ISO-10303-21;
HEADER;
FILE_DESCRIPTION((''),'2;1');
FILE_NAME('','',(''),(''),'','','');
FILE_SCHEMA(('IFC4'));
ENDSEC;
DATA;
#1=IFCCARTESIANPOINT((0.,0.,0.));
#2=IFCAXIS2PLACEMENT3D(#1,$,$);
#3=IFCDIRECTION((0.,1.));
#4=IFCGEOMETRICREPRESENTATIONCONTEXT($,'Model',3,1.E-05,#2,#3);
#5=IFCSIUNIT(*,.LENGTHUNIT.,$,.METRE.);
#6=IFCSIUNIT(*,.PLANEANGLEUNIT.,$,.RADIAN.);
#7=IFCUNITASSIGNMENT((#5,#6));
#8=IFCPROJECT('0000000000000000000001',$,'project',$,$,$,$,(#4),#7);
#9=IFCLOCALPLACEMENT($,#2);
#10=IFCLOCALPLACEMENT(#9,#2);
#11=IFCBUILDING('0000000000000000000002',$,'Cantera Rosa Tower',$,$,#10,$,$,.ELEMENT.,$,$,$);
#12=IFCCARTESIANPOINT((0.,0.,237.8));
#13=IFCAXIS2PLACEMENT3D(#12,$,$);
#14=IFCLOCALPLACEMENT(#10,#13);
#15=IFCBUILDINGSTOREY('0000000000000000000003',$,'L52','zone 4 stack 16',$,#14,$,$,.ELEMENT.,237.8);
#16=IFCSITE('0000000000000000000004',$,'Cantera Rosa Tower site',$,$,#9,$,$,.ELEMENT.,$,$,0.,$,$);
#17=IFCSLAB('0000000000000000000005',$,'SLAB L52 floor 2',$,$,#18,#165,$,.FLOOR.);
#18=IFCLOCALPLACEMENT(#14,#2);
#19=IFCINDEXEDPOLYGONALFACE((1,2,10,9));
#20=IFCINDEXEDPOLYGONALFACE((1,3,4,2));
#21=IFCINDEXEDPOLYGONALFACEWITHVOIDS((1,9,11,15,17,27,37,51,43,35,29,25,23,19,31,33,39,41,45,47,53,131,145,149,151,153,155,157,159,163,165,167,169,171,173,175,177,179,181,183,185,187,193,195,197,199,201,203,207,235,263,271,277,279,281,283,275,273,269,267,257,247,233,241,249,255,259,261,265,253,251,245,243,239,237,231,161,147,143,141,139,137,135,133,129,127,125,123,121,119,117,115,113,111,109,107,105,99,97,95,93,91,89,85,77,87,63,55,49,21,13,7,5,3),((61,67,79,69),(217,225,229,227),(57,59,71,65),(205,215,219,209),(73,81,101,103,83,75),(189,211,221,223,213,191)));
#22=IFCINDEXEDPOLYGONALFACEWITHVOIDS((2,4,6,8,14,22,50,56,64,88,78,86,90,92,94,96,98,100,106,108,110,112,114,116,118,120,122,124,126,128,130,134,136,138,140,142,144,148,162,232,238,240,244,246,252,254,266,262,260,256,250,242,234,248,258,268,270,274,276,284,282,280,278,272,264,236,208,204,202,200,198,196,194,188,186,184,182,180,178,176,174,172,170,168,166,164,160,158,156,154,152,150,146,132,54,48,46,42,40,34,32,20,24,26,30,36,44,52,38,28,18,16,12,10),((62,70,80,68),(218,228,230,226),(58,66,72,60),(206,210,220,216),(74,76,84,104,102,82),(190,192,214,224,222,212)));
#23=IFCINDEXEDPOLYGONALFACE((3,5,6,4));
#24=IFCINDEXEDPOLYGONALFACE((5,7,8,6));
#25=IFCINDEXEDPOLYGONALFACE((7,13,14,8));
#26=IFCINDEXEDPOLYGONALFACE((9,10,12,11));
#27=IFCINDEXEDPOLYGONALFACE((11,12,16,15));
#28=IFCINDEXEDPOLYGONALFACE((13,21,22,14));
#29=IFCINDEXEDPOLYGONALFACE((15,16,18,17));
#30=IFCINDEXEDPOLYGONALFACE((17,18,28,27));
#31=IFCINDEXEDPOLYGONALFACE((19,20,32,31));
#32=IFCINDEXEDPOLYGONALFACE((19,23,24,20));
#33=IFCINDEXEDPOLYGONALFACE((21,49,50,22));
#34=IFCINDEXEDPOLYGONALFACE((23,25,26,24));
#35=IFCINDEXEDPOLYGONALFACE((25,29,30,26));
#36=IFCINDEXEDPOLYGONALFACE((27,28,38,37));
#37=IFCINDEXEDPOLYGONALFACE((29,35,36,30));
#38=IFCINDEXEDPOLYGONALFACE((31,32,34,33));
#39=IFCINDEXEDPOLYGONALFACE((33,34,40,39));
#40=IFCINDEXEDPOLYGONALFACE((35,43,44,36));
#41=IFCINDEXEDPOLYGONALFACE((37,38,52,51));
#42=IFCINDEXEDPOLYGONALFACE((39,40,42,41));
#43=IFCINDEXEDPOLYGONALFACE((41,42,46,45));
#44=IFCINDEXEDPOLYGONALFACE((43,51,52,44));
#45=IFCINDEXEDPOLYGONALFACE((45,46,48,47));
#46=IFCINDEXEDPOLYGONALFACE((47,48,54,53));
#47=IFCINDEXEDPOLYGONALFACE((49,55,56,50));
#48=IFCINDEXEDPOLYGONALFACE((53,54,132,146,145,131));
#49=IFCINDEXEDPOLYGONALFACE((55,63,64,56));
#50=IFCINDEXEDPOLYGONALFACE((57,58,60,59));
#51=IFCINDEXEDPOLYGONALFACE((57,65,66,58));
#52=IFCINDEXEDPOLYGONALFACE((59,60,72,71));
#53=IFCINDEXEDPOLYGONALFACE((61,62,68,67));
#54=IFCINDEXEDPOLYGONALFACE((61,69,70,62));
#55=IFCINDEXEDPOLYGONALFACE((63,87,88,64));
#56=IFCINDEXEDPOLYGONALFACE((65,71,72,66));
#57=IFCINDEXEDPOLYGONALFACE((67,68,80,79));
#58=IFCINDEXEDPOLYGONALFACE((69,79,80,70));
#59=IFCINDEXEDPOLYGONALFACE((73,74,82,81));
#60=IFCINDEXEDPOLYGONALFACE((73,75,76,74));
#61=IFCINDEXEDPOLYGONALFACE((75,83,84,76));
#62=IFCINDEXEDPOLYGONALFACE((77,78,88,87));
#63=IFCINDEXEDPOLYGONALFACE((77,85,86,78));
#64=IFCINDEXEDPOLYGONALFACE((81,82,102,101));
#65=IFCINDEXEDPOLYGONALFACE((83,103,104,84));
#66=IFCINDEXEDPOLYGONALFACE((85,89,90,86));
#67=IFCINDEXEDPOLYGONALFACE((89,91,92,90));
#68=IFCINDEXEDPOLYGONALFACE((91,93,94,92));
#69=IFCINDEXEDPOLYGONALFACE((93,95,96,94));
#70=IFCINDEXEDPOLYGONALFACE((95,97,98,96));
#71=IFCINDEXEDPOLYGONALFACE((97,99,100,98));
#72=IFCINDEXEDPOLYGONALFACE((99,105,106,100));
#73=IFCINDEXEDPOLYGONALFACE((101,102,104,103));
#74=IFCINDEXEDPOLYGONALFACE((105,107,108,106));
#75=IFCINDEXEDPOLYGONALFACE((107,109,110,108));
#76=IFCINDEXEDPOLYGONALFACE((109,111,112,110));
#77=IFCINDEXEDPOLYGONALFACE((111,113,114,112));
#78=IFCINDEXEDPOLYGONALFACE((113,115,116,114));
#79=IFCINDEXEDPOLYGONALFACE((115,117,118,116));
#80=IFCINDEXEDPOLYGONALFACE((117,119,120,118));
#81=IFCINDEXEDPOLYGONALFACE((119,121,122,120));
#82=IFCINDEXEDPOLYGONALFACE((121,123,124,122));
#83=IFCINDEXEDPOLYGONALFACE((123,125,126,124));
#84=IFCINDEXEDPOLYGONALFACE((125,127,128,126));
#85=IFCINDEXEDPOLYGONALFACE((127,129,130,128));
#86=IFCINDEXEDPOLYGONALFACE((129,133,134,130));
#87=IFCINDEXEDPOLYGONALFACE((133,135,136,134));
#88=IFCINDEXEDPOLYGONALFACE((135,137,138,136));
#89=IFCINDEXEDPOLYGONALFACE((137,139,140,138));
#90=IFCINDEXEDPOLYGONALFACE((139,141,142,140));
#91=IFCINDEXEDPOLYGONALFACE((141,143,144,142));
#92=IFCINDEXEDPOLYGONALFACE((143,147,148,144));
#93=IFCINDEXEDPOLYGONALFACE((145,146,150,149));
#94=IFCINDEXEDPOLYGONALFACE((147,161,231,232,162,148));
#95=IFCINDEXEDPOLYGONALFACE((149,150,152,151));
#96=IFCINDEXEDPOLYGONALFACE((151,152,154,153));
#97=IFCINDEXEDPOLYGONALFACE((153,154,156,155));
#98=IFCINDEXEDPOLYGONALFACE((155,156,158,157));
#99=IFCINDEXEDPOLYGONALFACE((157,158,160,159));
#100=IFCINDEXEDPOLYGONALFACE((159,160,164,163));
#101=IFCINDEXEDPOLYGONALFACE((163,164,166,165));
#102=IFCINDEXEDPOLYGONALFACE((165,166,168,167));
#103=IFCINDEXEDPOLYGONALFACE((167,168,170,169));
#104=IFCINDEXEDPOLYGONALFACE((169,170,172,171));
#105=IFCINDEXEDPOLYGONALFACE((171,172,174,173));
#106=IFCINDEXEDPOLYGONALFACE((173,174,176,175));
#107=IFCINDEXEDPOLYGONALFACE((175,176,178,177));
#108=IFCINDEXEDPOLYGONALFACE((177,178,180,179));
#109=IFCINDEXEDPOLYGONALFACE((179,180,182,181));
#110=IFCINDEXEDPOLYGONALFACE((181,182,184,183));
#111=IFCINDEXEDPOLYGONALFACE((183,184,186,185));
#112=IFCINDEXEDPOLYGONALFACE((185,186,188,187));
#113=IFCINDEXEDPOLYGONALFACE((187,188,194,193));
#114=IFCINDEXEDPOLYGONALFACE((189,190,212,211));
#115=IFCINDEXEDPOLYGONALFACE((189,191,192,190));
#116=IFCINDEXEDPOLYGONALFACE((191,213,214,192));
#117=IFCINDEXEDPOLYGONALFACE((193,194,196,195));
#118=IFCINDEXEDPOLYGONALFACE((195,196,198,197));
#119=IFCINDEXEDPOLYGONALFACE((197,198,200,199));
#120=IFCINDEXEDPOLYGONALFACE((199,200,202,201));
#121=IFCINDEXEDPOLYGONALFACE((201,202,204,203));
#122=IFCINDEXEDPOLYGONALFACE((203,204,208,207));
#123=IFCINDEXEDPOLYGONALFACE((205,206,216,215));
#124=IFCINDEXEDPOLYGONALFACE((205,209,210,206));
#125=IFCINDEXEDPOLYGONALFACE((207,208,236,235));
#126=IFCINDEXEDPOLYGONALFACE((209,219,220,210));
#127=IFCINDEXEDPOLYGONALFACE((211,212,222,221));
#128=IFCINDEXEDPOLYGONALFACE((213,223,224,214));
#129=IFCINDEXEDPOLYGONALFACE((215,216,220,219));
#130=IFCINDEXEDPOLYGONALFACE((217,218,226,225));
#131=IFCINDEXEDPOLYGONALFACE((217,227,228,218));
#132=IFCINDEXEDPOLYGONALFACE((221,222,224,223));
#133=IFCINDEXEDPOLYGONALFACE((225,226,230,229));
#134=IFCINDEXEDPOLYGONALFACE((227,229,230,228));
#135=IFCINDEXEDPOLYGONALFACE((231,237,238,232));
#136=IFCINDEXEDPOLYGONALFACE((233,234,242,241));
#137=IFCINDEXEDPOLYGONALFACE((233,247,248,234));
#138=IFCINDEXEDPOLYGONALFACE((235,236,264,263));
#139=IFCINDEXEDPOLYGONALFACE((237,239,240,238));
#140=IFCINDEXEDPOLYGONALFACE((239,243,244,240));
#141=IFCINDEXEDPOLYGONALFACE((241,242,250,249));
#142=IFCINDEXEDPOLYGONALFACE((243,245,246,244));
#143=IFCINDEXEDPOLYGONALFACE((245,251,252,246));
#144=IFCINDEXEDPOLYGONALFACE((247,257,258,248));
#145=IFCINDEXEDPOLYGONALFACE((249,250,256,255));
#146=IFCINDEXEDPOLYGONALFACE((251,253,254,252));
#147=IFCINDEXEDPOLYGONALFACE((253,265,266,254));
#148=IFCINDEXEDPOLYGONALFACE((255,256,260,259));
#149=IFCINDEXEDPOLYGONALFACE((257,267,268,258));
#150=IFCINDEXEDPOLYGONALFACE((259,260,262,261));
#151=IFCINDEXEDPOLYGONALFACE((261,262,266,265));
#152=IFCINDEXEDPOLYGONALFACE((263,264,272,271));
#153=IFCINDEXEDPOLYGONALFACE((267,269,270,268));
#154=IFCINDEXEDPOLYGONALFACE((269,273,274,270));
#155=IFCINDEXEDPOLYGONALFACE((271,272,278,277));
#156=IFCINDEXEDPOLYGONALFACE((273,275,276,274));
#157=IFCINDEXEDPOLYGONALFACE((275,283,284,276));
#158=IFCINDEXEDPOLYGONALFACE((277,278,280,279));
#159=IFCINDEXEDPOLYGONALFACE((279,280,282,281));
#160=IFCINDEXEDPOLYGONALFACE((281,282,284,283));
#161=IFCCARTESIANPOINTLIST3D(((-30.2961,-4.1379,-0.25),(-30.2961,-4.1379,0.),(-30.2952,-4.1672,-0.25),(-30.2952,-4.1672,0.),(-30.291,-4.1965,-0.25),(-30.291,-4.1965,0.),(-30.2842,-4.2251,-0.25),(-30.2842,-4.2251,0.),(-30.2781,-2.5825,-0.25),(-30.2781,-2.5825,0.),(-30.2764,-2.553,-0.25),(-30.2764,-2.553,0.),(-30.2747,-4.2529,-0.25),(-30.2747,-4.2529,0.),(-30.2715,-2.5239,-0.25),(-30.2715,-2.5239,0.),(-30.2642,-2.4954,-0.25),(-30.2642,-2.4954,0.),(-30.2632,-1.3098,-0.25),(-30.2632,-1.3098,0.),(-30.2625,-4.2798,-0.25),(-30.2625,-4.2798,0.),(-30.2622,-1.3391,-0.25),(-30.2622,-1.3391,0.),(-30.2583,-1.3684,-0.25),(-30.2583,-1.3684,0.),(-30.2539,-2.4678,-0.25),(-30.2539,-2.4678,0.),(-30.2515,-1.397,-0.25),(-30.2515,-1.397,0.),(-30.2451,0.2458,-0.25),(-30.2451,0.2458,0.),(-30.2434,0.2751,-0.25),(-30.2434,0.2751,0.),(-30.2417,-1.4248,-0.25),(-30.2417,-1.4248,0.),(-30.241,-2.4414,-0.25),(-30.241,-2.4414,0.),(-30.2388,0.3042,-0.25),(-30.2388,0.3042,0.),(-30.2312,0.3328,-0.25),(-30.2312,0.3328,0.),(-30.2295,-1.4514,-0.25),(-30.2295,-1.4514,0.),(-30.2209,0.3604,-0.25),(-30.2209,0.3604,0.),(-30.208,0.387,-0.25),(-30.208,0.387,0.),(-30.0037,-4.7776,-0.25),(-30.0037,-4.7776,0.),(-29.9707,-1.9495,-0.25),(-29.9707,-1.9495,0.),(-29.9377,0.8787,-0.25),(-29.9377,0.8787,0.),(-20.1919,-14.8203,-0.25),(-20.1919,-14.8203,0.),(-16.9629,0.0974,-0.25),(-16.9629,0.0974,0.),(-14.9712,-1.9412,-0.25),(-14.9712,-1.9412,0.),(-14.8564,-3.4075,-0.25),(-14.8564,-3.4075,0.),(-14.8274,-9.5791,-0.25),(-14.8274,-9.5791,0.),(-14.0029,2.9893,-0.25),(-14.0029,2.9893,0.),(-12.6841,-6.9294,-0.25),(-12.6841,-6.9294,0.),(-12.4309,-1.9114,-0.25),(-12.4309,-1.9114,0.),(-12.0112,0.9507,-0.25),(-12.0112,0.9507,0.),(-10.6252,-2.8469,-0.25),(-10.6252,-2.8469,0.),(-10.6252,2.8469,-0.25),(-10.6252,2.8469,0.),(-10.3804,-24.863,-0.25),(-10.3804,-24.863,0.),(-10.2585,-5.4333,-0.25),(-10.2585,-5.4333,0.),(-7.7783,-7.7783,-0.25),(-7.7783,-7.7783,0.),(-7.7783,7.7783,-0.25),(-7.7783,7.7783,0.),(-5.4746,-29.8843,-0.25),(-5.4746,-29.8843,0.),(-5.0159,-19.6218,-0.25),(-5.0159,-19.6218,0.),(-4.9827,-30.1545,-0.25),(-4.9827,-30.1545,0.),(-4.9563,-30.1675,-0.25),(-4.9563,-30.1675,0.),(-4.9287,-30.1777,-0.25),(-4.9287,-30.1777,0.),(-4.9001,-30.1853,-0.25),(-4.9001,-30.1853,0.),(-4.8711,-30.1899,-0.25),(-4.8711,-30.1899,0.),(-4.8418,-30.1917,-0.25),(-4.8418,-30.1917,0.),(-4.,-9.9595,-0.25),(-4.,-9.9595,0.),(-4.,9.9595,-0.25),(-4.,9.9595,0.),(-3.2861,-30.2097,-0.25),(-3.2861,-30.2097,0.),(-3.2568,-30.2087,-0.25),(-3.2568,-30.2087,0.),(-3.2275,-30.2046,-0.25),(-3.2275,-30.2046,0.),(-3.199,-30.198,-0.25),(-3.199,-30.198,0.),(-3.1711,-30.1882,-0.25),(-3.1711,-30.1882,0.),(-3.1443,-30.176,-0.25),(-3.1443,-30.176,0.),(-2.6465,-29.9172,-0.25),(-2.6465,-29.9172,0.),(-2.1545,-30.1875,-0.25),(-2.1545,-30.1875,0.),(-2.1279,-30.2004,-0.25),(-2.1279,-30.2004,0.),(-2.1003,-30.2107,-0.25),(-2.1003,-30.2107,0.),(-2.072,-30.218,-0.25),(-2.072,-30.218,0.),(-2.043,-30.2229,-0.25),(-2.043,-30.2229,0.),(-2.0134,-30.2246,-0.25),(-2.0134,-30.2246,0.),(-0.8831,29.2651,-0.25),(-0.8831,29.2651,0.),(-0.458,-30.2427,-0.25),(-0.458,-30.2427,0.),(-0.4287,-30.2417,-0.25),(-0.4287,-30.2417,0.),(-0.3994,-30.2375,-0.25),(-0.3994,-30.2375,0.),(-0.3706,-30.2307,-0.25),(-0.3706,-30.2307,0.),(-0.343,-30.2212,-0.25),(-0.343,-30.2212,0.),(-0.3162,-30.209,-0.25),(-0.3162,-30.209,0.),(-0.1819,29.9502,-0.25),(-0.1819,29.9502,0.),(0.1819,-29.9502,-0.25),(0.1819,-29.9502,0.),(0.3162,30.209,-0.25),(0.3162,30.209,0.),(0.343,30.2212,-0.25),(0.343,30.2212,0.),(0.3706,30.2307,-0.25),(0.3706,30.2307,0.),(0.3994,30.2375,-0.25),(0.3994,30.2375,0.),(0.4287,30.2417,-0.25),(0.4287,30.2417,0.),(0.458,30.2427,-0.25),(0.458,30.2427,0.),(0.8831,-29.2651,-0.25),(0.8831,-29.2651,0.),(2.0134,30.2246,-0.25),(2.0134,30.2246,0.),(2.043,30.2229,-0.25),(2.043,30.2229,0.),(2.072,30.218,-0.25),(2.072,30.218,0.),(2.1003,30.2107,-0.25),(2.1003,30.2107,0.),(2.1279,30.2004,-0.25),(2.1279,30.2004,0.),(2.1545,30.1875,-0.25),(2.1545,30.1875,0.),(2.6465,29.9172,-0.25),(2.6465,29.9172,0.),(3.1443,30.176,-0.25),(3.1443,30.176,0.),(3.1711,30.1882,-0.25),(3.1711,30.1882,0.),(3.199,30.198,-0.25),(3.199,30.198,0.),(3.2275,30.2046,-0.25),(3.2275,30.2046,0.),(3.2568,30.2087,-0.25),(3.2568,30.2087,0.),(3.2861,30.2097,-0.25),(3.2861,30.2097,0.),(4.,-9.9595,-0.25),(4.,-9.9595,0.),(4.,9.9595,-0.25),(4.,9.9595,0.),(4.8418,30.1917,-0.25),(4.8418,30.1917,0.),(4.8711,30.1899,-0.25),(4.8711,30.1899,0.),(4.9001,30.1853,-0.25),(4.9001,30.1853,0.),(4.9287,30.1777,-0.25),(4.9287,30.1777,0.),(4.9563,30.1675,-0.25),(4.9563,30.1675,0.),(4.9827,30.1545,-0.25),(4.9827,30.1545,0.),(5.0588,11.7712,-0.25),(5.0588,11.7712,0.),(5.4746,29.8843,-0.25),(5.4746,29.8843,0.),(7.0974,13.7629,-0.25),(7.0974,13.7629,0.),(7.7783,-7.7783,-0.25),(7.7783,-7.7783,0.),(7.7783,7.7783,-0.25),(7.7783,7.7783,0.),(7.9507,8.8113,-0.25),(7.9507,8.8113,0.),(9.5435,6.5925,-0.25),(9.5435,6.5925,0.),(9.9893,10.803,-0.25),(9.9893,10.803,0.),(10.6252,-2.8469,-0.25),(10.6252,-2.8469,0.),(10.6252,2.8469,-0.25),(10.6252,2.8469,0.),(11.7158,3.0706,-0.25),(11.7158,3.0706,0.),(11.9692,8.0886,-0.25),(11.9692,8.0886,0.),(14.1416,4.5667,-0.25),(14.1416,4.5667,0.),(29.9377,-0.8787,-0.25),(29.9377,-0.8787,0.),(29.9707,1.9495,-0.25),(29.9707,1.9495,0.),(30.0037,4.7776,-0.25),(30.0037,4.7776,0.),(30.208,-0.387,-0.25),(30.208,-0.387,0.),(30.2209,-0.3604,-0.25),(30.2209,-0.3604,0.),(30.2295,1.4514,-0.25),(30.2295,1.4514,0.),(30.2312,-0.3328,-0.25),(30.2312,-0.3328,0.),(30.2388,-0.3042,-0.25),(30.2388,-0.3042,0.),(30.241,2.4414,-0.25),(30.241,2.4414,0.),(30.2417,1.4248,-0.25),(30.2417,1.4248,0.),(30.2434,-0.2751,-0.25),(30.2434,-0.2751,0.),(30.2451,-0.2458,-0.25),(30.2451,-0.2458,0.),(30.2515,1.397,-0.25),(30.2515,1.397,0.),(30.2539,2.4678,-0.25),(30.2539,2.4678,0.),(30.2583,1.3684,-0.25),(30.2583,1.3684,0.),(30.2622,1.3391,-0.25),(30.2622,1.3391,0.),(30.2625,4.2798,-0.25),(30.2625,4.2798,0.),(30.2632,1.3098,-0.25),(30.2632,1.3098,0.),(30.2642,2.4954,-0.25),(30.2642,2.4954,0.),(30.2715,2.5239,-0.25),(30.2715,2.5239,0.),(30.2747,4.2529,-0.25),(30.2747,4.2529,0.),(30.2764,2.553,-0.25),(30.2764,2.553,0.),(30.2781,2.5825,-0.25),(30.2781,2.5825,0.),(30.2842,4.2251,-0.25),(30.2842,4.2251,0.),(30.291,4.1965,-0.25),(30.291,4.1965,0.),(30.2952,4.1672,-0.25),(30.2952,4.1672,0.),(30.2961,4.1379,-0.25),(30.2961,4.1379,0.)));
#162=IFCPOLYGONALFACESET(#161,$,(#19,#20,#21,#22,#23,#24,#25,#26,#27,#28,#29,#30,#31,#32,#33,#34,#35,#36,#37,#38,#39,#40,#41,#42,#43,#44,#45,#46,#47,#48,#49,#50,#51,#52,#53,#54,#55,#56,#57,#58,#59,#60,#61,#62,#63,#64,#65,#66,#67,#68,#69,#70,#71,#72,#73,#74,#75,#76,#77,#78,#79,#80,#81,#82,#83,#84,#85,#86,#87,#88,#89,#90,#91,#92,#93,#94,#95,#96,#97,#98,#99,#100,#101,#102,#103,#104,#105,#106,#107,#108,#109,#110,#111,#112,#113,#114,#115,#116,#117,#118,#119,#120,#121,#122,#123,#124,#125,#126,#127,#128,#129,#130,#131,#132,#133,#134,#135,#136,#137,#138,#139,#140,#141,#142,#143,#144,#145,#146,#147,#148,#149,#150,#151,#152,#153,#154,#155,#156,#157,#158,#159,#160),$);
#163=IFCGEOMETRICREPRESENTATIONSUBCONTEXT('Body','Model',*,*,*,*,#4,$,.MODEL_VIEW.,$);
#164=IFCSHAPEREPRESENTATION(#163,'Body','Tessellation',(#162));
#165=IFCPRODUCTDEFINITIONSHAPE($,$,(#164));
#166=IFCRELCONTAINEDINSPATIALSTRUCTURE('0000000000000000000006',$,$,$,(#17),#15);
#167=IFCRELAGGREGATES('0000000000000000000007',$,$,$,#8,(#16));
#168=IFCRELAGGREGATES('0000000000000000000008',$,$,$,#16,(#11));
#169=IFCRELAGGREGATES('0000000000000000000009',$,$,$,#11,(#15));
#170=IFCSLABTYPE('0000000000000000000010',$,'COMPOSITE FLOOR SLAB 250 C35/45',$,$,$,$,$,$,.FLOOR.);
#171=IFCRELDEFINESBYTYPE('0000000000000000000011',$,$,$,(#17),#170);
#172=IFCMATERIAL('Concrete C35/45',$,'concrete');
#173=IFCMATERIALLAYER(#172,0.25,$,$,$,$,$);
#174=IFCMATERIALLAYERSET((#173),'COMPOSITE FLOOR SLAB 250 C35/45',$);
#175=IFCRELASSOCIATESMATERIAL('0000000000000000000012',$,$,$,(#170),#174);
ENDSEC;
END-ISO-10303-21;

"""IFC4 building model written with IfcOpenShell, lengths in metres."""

from ifc_helpers import new_model, si_unit, direction, frame, origin, place, context, subcontext, project, spatial, polyline, outline, extrude, material, layer, layer_set, type_object, element, save


model = new_model("IFC4")

# Units and contexts
model_context = context("Model", 3, precision=1e-05, world=origin(), true_north=direction((0.0, 1.0)))
body_context = subcontext(model_context, "Body", "Model", "MODEL_VIEW")
ifc_project = project(units=[si_unit("LENGTHUNIT", "METRE"), si_unit("PLANEANGLEUNIT", "RADIAN")], contexts=[model_context])

# Site, building, storey
site_placement = place(None, origin())
site = spatial("IfcSite", under=ifc_project, at=site_placement, Name="Cantera Rosa Tower site", CompositionType="ELEMENT", RefElevation=0.0)
building_placement = place(site_placement, origin())
building = spatial("IfcBuilding", under=site, at=building_placement, Name="Cantera Rosa Tower", CompositionType="ELEMENT")
storey_placement = place(building_placement, frame((0.0, 0.0, 237.8)))
storey = spatial("IfcBuildingStorey", under=building, at=storey_placement, Name="L52", Description="zone 4 stack 16", CompositionType="ELEMENT", Elevation=237.8)

# Slab
ifc_material_1 = material(Name="Concrete C35/45", Category="concrete")
ifc_layer_1 = layer(ifc_material_1, 0.25)
ifc_layer_set_1 = layer_set([ifc_layer_1], Name="COMPOSITE FLOOR SLAB 250 C35/45")
slab_type_1 = type_object("IfcSlabType", Name="COMPOSITE FLOOR SLAB 250 C35/45", PredefinedType="FLOOR", material=ifc_layer_set_1)
slab_1_placement = place(storey_placement, frame((0.0, 0.0, -0.25)))
element("IfcSlab", 1, at=slab_1_placement, inside=storey, type_object=slab_type_1, Name="SLAB L52 floor 2", PredefinedType="FLOOR", context=body_context, shape_type="SweptSolid", body=[
    extrude(outline(polyline([(-2.6465, -29.9172), (-3.1443, -30.176), (-3.1711, -30.1882), (-3.199, -30.198), (-3.2275, -30.2046), (-3.2568, -30.2087), (-3.2861, -30.2097), (-4.8418, -30.1917), (-4.8711, -30.1899), (-4.9001, -30.1853), (-4.9287, -30.1777), (-4.9563, -30.1675), (-4.9827, -30.1545), (-5.4746, -29.8843), (-10.3804, -24.863), (-5.0159, -19.6218), (-14.8274, -9.5791), (-20.1919, -14.8203), (-30.0037, -4.7776), (-30.2625, -4.2798), (-30.2747, -4.2529), (-30.2842, -4.2251), (-30.291, -4.1965), (-30.2952, -4.1672), (-30.2961, -4.1379), (-30.2781, -2.5825), (-30.2764, -2.553), (-30.2715, -2.5239), (-30.2642, -2.4954), (-30.2539, -2.4678), (-30.241, -2.4414), (-29.9707, -1.9495), (-30.2295, -1.4514), (-30.2417, -1.4248), (-30.2515, -1.397), (-30.2583, -1.3684), (-30.2622, -1.3391), (-30.2632, -1.3098), (-30.2451, 0.2458), (-30.2434, 0.2751), (-30.2388, 0.3042), (-30.2312, 0.3328), (-30.2209, 0.3604), (-30.208, 0.387), (-29.9377, 0.8787), (-0.8831, 29.2651), (-0.1819, 29.9502), (0.3162, 30.209), (0.343, 30.2212), (0.3706, 30.2307), (0.3994, 30.2375), (0.4287, 30.2417), (0.458, 30.2427), (2.0134, 30.2246), (2.043, 30.2229), (2.072, 30.218), (2.1003, 30.2107), (2.1279, 30.2004), (2.1545, 30.1875), (2.6465, 29.9172), (3.1443, 30.176), (3.1711, 30.1882), (3.199, 30.198), (3.2275, 30.2046), (3.2568, 30.2087), (3.2861, 30.2097), (4.8418, 30.1917), (4.8711, 30.1899), (4.9001, 30.1853), (4.9287, 30.1777), (4.9563, 30.1675), (4.9827, 30.1545), (5.4746, 29.8843), (30.0037, 4.7776), (30.2625, 4.2798), (30.2747, 4.2529), (30.2842, 4.2251), (30.291, 4.1965), (30.2952, 4.1672), (30.2961, 4.1379), (30.2781, 2.5825), (30.2764, 2.553), (30.2715, 2.5239), (30.2642, 2.4954), (30.2539, 2.4678), (30.241, 2.4414), (29.9707, 1.9495), (30.2295, 1.4514), (30.2417, 1.4248), (30.2515, 1.397), (30.2583, 1.3684), (30.2622, 1.3391), (30.2632, 1.3098), (30.2451, -0.2458), (30.2434, -0.2751), (30.2388, -0.3042), (30.2312, -0.3328), (30.2209, -0.3604), (30.208, -0.387), (29.9377, -0.8787), (0.8831, -29.2651), (0.1819, -29.9502), (-0.3162, -30.209), (-0.343, -30.2212), (-0.3706, -30.2307), (-0.3994, -30.2375), (-0.4287, -30.2417), (-0.458, -30.2427), (-2.0134, -30.2246), (-2.043, -30.2229), (-2.072, -30.218), (-2.1003, -30.2107), (-2.1279, -30.2004), (-2.1545, -30.1875), (-2.6465, -29.9172)]), holes=[polyline([(-12.6841, -6.9294), (-10.2585, -5.4333), (-12.4309, -1.9114), (-14.8564, -3.4075), (-12.6841, -6.9294)]), polyline([(-10.6252, -2.8469), (-7.7783, -7.7783), (-4.0, -9.9595), (-4.0, 9.9595), (-7.7783, 7.7783), (-10.6252, 2.8469), (-10.6252, -2.8469)]), polyline([(-12.0112, 0.9507), (-14.0029, 2.9893), (-16.9629, 0.0974), (-14.9712, -1.9412), (-12.0112, 0.9507)]), polyline([(10.6252, 2.8469), (7.7783, 7.7783), (4.0, 9.9595), (4.0, -9.9595), (7.7783, -7.7783), (10.6252, -2.8469), (10.6252, 2.8469)]), polyline([(9.5435, 6.5925), (11.7158, 3.0706), (14.1416, 4.5667), (11.9692, 8.0886), (9.5435, 6.5925)]), polyline([(5.0588, 11.7712), (7.9507, 8.8113), (9.9893, 10.803), (7.0974, 13.7629), (5.0588, 11.7712)])]), origin(), (0.0, 0.0, 1.0), 0.25),
])

save(model, "model.ifc")
